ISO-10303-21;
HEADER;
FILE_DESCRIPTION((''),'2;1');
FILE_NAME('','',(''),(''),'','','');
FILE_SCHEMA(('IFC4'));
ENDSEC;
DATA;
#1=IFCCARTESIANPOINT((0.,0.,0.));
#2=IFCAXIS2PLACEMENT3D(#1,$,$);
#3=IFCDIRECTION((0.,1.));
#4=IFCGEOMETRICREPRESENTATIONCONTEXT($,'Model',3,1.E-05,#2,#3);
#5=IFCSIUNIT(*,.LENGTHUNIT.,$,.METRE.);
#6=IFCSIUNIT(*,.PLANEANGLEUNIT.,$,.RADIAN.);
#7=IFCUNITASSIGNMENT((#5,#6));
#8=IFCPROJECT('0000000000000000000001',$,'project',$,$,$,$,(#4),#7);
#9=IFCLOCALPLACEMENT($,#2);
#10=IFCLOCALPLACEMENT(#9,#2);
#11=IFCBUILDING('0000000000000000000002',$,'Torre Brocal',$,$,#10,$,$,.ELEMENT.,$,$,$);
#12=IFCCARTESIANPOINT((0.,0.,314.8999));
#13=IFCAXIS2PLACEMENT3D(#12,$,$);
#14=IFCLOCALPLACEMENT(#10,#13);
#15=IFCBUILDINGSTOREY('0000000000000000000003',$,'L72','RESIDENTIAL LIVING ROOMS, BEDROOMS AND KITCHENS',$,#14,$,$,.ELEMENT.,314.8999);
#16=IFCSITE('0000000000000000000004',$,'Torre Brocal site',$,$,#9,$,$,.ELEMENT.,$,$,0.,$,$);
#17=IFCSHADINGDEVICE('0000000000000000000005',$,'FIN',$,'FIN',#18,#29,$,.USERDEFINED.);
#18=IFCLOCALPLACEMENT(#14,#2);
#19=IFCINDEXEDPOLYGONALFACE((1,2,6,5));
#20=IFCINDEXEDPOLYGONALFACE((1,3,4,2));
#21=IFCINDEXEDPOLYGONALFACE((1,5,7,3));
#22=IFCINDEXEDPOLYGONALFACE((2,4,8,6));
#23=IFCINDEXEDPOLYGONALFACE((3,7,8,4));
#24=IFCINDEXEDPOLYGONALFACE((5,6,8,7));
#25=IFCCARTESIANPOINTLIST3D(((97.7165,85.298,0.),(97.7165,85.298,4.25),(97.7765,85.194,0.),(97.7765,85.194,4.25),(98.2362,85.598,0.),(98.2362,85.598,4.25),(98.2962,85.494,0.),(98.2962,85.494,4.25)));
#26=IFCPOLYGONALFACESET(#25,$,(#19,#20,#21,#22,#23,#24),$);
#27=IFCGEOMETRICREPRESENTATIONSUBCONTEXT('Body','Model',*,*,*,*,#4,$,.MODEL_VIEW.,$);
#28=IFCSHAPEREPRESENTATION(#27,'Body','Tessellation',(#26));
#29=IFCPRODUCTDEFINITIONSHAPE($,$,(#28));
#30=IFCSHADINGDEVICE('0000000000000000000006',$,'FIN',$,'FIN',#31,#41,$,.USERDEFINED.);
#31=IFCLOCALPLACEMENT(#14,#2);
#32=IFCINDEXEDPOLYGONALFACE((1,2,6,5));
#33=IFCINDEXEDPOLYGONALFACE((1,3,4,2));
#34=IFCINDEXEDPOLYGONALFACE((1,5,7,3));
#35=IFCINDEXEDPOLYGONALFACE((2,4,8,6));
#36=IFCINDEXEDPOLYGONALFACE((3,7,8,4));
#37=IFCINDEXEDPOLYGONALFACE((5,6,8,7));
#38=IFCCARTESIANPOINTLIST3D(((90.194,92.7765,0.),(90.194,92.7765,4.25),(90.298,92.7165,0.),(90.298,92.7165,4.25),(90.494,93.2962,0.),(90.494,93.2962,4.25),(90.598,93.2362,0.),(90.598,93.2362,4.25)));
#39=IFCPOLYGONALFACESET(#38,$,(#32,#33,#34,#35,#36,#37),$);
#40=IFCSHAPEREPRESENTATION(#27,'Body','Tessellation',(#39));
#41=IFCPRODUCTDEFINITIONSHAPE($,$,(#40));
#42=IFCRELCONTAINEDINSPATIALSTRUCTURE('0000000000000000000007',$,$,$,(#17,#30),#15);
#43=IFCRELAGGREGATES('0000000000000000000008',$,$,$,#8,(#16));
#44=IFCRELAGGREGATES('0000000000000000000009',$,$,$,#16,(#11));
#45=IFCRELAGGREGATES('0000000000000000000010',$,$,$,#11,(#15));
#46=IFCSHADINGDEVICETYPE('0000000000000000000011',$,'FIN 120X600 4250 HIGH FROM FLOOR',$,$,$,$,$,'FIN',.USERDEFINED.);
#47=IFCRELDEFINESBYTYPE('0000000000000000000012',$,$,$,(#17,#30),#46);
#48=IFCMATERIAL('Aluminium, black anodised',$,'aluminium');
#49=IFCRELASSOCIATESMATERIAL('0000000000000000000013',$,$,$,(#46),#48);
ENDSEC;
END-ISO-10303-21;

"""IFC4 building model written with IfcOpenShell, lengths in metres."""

from ifc_helpers import new_model, si_unit, direction, frame, origin, origin_2d, place, context, subcontext, project, spatial, rectangle, extrude, material, material_profile, profile_set, type_object, element, save


model = new_model("IFC4")

# Units and contexts
model_context = context("Model", 3, precision=1e-05, world=origin(), true_north=direction((0.0, 1.0)))
body_context = subcontext(model_context, "Body", "Model", "MODEL_VIEW")
ifc_project = project(units=[si_unit("LENGTHUNIT", "METRE"), si_unit("PLANEANGLEUNIT", "RADIAN")], contexts=[model_context])

# Site, building, storey
site_placement = place(None, origin())
site = spatial("IfcSite", under=ifc_project, at=site_placement, Name="Torre Brocal site", CompositionType="ELEMENT", RefElevation=0.0)
building_placement = place(site_placement, origin())
building = spatial("IfcBuilding", under=site, at=building_placement, Name="Torre Brocal", CompositionType="ELEMENT")
storey_placement = place(building_placement, frame((0.0, 0.0, 314.8999)))
storey = spatial("IfcBuildingStorey", under=building, at=storey_placement, Name="L72", Description="RESIDENTIAL LIVING ROOMS, BEDROOMS AND KITCHENS", CompositionType="ELEMENT", Elevation=314.8999)

# Shading devices
ifc_material_1 = material(Name="Aluminium, black anodised", Category="aluminium")
ifc_material_profile_1 = material_profile(ifc_material_1, rectangle(XDim=0.1201, YDim=0.6001, at=origin_2d()), Name="FIN 120X600 4250 HIGH FROM FLOOR")
ifc_profile_set_1 = profile_set([ifc_material_profile_1], Name="Aluminium, black anodised")
shading_device_type = type_object("IfcShadingDeviceType", Name="FIN 120X600 4250 HIGH FROM FLOOR", ElementType="FIN", PredefinedType="USERDEFINED", material=ifc_profile_set_1)
for number, where, z_axis, x_axis, name in (
    (1, (98.0063, 85.396, 0.0), (0.0, 0.0, 1.0), (-0.5, 0.866025, 0.0), "FIN"),
    (2, (90.396, 93.0063, 0.0), (0.0, 0.0, 1.0), (-0.866025, 0.5, 0.0), "FIN"),
):
    element("IfcShadingDevice", number, at=place(storey_placement, frame(where, z_axis=z_axis, x_axis=x_axis)), inside=storey, type_object=shading_device_type, Name=name, ObjectType="FIN", PredefinedType="USERDEFINED", context=body_context, shape_type="SweptSolid", body=[
        extrude(rectangle(XDim=0.1201, YDim=0.6001, at=origin_2d()), origin(), (0.0, 0.0, 1.0), 4.25),
    ])

save(model, "model.ifc")
